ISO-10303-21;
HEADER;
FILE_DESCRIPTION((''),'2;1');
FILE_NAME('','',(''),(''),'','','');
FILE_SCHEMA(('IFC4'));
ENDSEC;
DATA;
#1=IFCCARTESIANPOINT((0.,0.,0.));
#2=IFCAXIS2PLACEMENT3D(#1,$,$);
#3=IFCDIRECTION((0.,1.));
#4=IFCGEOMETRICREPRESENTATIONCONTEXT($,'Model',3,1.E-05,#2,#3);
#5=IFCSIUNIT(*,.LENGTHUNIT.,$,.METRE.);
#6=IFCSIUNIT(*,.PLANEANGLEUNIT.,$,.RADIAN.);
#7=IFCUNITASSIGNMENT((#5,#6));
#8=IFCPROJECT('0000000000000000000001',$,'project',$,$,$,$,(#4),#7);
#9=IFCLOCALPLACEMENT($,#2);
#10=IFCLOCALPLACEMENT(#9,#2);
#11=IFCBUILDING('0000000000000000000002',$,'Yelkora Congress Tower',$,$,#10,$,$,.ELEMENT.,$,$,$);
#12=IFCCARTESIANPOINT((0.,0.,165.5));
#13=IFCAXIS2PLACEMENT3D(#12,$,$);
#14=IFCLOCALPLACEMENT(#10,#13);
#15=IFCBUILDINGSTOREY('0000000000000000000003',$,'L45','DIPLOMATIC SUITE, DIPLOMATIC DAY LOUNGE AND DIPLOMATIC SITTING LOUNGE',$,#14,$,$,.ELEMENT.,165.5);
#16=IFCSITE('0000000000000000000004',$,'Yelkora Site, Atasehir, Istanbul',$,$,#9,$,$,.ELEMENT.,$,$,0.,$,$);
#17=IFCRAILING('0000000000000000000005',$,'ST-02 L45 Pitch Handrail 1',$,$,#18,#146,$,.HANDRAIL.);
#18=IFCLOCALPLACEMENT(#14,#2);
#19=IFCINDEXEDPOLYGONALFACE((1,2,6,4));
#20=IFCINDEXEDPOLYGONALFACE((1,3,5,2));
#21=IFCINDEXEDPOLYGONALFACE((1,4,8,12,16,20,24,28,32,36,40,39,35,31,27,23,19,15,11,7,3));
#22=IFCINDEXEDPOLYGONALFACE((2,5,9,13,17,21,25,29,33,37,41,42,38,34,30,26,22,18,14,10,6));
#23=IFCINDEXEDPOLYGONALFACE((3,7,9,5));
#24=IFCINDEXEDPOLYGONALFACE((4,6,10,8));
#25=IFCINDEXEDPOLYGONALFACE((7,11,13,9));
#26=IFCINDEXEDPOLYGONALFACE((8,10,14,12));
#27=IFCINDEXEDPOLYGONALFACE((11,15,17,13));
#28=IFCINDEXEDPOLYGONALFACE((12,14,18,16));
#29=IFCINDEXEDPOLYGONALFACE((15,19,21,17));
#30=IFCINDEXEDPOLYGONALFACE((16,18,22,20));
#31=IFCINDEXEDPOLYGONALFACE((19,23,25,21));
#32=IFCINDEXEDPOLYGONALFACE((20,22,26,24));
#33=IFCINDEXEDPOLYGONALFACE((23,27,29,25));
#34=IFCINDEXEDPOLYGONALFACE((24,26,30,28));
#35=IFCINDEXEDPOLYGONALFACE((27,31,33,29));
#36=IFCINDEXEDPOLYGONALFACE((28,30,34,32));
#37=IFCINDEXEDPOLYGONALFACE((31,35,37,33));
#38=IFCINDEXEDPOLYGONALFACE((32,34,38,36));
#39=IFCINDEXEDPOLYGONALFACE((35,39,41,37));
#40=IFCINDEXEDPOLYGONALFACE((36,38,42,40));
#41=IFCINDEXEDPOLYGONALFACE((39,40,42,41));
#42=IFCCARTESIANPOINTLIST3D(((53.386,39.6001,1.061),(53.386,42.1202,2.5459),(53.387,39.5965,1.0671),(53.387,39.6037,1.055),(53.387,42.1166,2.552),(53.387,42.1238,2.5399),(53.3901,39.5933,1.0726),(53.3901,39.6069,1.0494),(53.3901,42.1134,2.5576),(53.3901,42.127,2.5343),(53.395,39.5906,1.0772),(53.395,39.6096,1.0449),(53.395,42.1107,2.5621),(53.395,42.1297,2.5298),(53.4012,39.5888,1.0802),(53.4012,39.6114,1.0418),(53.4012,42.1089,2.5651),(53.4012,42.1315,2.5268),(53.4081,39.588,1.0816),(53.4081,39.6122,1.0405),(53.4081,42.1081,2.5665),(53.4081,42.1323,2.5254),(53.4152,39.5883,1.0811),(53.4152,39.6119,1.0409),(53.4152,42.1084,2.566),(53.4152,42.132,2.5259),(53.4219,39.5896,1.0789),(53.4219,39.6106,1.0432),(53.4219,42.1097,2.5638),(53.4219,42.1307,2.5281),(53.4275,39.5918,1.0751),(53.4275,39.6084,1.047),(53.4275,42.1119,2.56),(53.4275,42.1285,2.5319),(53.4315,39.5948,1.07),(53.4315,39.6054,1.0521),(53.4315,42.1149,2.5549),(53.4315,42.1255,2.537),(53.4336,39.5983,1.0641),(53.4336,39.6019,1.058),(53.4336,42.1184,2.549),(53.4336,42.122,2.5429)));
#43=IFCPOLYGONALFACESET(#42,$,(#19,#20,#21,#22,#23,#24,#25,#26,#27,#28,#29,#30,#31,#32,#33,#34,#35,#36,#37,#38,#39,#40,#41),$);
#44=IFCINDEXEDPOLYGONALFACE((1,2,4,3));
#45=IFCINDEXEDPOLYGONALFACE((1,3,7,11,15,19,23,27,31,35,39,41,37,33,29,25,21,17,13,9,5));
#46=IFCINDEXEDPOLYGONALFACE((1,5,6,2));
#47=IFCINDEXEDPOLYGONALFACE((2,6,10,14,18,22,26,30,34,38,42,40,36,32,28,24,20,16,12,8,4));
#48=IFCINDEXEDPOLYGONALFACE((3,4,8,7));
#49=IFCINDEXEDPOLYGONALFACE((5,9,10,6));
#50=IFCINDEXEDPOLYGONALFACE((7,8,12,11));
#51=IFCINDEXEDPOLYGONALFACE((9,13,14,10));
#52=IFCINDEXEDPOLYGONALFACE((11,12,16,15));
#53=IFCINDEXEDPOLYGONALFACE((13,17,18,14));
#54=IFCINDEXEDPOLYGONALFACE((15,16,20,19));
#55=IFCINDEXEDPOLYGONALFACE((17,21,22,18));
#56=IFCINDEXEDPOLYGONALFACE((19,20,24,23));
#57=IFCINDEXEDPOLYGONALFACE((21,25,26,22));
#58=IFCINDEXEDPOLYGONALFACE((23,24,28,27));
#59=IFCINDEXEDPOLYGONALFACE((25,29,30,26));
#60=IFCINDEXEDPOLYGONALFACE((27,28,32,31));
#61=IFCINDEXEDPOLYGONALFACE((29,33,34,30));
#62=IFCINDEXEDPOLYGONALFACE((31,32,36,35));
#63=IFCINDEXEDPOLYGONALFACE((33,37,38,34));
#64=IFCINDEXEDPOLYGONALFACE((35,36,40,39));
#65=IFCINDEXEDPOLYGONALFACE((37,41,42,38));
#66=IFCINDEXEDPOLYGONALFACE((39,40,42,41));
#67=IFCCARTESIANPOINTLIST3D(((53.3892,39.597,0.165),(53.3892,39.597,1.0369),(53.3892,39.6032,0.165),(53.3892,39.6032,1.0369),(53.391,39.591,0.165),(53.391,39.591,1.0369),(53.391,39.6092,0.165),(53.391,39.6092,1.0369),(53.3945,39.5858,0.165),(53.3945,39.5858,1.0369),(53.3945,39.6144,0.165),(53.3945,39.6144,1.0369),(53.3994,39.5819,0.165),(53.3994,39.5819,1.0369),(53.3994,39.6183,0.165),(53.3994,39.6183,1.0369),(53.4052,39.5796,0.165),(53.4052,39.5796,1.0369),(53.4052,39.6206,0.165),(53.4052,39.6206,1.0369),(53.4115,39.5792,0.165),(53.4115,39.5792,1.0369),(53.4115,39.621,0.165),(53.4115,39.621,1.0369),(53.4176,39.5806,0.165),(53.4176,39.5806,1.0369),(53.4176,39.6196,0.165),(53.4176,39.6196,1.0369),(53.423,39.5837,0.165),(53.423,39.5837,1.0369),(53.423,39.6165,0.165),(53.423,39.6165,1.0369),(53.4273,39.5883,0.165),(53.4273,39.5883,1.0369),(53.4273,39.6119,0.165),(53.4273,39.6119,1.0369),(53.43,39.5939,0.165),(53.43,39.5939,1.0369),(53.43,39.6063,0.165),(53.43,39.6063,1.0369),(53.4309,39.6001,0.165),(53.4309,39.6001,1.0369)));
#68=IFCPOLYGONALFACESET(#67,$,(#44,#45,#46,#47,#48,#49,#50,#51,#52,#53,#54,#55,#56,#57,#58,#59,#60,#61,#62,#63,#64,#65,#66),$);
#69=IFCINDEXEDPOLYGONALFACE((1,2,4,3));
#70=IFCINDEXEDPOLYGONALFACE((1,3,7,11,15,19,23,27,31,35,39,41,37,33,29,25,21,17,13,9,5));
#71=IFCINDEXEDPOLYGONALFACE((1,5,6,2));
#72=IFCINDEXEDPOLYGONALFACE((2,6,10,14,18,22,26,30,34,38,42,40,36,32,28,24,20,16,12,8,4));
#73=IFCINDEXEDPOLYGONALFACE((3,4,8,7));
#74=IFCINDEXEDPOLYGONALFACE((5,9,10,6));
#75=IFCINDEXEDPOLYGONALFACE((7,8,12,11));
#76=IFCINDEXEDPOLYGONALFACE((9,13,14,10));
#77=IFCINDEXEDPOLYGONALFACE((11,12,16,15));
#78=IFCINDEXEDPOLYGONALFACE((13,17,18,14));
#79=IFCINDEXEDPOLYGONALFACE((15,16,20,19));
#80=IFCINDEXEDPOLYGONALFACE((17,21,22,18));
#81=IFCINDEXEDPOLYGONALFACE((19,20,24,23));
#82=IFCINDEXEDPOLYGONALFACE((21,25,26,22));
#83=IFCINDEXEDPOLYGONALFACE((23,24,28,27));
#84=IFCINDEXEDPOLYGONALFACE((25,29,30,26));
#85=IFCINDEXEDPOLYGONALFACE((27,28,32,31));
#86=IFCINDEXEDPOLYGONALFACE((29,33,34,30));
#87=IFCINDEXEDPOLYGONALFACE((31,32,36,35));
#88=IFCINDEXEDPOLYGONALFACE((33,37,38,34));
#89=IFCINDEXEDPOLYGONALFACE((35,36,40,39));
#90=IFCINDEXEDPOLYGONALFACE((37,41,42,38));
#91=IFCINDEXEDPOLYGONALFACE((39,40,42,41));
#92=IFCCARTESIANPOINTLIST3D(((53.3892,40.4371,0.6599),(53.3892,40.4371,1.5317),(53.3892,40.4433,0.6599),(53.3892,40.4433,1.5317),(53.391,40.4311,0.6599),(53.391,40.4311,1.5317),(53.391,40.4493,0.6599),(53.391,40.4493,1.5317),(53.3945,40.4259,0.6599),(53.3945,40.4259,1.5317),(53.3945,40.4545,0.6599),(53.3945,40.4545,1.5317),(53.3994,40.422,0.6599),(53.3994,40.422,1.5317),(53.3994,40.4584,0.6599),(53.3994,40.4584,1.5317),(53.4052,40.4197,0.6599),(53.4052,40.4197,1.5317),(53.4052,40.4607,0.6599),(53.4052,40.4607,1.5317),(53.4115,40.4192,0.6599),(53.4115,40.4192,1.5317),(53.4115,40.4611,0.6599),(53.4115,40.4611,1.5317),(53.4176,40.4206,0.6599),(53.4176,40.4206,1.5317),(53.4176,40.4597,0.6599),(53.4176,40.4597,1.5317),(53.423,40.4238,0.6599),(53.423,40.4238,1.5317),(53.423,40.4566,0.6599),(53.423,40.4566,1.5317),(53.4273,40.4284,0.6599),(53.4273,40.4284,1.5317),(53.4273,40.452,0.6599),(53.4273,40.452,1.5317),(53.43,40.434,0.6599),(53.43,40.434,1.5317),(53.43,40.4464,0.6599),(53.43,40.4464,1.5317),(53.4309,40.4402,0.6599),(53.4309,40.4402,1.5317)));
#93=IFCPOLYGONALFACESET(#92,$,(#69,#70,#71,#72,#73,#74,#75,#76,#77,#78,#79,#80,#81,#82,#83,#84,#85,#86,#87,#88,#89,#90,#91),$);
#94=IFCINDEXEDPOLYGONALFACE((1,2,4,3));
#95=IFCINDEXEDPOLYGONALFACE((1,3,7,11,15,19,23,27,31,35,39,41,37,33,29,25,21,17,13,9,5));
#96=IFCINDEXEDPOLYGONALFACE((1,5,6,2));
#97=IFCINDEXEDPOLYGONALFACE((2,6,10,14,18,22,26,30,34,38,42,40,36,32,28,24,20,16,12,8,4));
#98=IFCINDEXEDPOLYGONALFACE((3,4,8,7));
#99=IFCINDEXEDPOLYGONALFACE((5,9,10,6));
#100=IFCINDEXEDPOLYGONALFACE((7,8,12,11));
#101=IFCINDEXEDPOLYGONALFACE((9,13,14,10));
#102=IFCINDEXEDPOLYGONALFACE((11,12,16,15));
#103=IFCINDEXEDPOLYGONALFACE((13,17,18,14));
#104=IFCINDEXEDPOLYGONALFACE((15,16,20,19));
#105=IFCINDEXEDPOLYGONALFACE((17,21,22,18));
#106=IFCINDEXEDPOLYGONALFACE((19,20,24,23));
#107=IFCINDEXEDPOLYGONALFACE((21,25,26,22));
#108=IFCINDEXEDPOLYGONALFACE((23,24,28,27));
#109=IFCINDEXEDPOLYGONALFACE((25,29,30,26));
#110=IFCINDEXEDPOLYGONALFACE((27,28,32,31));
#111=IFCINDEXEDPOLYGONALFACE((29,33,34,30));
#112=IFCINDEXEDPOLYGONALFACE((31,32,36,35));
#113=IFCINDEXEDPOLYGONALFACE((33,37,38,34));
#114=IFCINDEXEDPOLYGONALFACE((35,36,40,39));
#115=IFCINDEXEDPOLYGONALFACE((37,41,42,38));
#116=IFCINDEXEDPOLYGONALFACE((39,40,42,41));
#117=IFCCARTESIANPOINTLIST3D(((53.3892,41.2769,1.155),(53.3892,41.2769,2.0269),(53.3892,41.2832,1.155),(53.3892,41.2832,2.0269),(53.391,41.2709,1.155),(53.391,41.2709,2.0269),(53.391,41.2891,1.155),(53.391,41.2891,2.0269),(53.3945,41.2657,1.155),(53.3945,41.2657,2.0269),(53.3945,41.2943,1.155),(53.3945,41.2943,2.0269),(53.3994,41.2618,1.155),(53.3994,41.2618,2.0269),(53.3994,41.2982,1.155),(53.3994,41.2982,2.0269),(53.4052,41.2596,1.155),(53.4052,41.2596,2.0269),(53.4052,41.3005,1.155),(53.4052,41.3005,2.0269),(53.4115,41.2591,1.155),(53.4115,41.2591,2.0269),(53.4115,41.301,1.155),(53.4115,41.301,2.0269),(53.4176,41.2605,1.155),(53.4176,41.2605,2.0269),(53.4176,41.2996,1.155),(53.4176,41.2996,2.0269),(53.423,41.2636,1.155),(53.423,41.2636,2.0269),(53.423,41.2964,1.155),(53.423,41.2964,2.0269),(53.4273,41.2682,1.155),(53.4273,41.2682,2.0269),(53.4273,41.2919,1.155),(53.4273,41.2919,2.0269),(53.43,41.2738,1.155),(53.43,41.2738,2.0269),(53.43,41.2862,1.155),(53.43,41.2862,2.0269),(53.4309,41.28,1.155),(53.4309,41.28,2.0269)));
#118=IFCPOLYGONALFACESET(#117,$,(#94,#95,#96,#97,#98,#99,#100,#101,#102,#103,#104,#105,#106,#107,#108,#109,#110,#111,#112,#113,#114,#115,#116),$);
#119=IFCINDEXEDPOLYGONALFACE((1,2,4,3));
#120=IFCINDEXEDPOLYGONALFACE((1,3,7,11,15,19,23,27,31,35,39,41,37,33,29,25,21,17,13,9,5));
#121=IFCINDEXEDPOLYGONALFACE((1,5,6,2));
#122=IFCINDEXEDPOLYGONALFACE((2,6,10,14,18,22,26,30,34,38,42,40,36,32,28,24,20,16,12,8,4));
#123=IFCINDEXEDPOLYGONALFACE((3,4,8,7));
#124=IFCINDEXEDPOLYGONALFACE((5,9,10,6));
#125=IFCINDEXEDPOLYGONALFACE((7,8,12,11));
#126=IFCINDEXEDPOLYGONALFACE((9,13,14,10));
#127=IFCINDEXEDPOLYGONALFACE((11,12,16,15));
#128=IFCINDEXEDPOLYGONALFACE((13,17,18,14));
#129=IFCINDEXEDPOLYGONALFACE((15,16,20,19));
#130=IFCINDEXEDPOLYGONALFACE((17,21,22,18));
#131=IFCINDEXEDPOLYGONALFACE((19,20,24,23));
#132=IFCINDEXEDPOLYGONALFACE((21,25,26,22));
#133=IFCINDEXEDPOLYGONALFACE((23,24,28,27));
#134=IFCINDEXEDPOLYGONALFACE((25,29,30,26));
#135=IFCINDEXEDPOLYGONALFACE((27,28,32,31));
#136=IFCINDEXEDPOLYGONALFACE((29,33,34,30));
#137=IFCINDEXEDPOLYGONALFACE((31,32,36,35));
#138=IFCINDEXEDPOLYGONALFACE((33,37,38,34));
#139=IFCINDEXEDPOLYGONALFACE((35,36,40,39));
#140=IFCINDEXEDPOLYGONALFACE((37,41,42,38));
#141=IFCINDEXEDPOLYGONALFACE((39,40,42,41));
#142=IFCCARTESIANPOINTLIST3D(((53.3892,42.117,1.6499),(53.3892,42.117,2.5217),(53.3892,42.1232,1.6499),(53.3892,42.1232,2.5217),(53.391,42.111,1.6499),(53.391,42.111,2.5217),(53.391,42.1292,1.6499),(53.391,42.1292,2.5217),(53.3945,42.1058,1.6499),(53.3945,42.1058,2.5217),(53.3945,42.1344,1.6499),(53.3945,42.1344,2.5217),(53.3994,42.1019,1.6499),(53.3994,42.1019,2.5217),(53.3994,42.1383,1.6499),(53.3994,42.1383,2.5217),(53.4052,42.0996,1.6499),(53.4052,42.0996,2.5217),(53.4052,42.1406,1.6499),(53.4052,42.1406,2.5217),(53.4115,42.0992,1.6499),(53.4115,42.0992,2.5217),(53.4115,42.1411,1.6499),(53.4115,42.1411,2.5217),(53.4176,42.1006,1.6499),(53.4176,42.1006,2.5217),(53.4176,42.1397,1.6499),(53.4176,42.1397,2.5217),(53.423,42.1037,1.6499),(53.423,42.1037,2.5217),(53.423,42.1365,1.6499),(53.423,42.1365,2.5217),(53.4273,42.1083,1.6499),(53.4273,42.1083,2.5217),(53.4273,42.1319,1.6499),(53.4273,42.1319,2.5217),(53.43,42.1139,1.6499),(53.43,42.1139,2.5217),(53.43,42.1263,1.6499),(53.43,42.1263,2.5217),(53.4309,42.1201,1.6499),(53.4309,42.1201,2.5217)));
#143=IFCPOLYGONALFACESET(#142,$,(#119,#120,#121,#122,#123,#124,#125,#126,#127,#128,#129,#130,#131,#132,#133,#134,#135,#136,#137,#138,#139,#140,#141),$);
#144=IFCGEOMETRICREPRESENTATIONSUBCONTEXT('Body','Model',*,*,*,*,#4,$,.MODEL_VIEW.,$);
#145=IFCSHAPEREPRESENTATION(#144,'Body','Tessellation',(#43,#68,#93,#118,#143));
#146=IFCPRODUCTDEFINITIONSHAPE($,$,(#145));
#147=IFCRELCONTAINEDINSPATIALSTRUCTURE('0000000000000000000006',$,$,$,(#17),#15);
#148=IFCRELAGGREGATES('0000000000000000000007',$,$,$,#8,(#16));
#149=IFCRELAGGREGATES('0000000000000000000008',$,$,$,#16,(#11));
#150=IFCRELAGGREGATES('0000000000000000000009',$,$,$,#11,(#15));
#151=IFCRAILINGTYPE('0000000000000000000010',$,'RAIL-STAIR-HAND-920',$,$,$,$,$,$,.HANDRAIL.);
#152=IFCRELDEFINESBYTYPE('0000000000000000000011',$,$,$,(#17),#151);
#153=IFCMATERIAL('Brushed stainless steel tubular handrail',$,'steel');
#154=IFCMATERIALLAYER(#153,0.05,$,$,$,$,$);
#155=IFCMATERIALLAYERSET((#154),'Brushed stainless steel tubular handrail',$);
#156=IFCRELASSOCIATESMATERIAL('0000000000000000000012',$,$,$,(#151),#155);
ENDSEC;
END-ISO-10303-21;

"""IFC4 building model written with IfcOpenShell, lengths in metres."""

from ifc_helpers import new_model, si_unit, direction, frame, origin, origin_2d, place, context, subcontext, project, spatial, circle, extrude, material, layer, layer_set, type_object, element, save


model = new_model("IFC4")

# Units and contexts
model_context = context("Model", 3, precision=1e-05, world=origin(), true_north=direction((0.0, 1.0)))
body_context = subcontext(model_context, "Body", "Model", "MODEL_VIEW")
ifc_project = project(units=[si_unit("LENGTHUNIT", "METRE"), si_unit("PLANEANGLEUNIT", "RADIAN")], contexts=[model_context])

# Site, building, storey
site_placement = place(None, origin())
site = spatial("IfcSite", under=ifc_project, at=site_placement, Name="Yelkora Site, Atasehir, Istanbul", CompositionType="ELEMENT", RefElevation=0.0)
building_placement = place(site_placement, origin())
building = spatial("IfcBuilding", under=site, at=building_placement, Name="Yelkora Congress Tower", CompositionType="ELEMENT")
storey_placement = place(building_placement, frame((0.0, 0.0, 165.5)))
storey = spatial("IfcBuildingStorey", under=building, at=storey_placement, Name="L45", Description="DIPLOMATIC SUITE, DIPLOMATIC DAY LOUNGE AND DIPLOMATIC SITTING LOUNGE", CompositionType="ELEMENT", Elevation=165.5)

# Railing
ifc_material_1 = material(Name="Brushed stainless steel tubular handrail", Category="steel")
ifc_layer_1 = layer(ifc_material_1, 0.05)
ifc_layer_set_1 = layer_set([ifc_layer_1], Name="Brushed stainless steel tubular handrail")
railing_type_1 = type_object("IfcRailingType", Name="RAIL-STAIR-HAND-920", PredefinedType="HANDRAIL", material=ifc_layer_set_1)
railing_1_placement = place(storey_placement, frame((53.4099, 39.6001, 0.165)))
element("IfcRailing", 1, at=railing_1_placement, inside=storey, type_object=railing_type_1, Name="ST-02 L45 Pitch Handrail 1", PredefinedType="HANDRAIL", context=body_context, shape_type="SweptSolid", body=[
    extrude(circle(Radius=0.0239, at=origin_2d()), frame((0.0, 0.0, 0.896), z_axis=(0.0, 0.861561, 0.507655), x_axis=(-1.0, 0.0, 0.0)), (0.0, 0.0, 1.0), 2.925),
    extrude(circle(Radius=0.021, at=origin_2d()), origin(), (0.0, 0.0, 1.0), 0.8718),
    extrude(circle(Radius=0.021, at=origin_2d()), frame((0.0, 0.8401, 0.4949)), (0.0, 0.0, 1.0), 0.8718),
    extrude(circle(Radius=0.021, at=origin_2d()), frame((0.0, 1.6799, 0.99)), (0.0, 0.0, 1.0), 0.8718),
    extrude(circle(Radius=0.021, at=origin_2d()), frame((0.0, 2.52, 1.4849)), (0.0, 0.0, 1.0), 0.8718),
])

save(model, "model.ifc")
